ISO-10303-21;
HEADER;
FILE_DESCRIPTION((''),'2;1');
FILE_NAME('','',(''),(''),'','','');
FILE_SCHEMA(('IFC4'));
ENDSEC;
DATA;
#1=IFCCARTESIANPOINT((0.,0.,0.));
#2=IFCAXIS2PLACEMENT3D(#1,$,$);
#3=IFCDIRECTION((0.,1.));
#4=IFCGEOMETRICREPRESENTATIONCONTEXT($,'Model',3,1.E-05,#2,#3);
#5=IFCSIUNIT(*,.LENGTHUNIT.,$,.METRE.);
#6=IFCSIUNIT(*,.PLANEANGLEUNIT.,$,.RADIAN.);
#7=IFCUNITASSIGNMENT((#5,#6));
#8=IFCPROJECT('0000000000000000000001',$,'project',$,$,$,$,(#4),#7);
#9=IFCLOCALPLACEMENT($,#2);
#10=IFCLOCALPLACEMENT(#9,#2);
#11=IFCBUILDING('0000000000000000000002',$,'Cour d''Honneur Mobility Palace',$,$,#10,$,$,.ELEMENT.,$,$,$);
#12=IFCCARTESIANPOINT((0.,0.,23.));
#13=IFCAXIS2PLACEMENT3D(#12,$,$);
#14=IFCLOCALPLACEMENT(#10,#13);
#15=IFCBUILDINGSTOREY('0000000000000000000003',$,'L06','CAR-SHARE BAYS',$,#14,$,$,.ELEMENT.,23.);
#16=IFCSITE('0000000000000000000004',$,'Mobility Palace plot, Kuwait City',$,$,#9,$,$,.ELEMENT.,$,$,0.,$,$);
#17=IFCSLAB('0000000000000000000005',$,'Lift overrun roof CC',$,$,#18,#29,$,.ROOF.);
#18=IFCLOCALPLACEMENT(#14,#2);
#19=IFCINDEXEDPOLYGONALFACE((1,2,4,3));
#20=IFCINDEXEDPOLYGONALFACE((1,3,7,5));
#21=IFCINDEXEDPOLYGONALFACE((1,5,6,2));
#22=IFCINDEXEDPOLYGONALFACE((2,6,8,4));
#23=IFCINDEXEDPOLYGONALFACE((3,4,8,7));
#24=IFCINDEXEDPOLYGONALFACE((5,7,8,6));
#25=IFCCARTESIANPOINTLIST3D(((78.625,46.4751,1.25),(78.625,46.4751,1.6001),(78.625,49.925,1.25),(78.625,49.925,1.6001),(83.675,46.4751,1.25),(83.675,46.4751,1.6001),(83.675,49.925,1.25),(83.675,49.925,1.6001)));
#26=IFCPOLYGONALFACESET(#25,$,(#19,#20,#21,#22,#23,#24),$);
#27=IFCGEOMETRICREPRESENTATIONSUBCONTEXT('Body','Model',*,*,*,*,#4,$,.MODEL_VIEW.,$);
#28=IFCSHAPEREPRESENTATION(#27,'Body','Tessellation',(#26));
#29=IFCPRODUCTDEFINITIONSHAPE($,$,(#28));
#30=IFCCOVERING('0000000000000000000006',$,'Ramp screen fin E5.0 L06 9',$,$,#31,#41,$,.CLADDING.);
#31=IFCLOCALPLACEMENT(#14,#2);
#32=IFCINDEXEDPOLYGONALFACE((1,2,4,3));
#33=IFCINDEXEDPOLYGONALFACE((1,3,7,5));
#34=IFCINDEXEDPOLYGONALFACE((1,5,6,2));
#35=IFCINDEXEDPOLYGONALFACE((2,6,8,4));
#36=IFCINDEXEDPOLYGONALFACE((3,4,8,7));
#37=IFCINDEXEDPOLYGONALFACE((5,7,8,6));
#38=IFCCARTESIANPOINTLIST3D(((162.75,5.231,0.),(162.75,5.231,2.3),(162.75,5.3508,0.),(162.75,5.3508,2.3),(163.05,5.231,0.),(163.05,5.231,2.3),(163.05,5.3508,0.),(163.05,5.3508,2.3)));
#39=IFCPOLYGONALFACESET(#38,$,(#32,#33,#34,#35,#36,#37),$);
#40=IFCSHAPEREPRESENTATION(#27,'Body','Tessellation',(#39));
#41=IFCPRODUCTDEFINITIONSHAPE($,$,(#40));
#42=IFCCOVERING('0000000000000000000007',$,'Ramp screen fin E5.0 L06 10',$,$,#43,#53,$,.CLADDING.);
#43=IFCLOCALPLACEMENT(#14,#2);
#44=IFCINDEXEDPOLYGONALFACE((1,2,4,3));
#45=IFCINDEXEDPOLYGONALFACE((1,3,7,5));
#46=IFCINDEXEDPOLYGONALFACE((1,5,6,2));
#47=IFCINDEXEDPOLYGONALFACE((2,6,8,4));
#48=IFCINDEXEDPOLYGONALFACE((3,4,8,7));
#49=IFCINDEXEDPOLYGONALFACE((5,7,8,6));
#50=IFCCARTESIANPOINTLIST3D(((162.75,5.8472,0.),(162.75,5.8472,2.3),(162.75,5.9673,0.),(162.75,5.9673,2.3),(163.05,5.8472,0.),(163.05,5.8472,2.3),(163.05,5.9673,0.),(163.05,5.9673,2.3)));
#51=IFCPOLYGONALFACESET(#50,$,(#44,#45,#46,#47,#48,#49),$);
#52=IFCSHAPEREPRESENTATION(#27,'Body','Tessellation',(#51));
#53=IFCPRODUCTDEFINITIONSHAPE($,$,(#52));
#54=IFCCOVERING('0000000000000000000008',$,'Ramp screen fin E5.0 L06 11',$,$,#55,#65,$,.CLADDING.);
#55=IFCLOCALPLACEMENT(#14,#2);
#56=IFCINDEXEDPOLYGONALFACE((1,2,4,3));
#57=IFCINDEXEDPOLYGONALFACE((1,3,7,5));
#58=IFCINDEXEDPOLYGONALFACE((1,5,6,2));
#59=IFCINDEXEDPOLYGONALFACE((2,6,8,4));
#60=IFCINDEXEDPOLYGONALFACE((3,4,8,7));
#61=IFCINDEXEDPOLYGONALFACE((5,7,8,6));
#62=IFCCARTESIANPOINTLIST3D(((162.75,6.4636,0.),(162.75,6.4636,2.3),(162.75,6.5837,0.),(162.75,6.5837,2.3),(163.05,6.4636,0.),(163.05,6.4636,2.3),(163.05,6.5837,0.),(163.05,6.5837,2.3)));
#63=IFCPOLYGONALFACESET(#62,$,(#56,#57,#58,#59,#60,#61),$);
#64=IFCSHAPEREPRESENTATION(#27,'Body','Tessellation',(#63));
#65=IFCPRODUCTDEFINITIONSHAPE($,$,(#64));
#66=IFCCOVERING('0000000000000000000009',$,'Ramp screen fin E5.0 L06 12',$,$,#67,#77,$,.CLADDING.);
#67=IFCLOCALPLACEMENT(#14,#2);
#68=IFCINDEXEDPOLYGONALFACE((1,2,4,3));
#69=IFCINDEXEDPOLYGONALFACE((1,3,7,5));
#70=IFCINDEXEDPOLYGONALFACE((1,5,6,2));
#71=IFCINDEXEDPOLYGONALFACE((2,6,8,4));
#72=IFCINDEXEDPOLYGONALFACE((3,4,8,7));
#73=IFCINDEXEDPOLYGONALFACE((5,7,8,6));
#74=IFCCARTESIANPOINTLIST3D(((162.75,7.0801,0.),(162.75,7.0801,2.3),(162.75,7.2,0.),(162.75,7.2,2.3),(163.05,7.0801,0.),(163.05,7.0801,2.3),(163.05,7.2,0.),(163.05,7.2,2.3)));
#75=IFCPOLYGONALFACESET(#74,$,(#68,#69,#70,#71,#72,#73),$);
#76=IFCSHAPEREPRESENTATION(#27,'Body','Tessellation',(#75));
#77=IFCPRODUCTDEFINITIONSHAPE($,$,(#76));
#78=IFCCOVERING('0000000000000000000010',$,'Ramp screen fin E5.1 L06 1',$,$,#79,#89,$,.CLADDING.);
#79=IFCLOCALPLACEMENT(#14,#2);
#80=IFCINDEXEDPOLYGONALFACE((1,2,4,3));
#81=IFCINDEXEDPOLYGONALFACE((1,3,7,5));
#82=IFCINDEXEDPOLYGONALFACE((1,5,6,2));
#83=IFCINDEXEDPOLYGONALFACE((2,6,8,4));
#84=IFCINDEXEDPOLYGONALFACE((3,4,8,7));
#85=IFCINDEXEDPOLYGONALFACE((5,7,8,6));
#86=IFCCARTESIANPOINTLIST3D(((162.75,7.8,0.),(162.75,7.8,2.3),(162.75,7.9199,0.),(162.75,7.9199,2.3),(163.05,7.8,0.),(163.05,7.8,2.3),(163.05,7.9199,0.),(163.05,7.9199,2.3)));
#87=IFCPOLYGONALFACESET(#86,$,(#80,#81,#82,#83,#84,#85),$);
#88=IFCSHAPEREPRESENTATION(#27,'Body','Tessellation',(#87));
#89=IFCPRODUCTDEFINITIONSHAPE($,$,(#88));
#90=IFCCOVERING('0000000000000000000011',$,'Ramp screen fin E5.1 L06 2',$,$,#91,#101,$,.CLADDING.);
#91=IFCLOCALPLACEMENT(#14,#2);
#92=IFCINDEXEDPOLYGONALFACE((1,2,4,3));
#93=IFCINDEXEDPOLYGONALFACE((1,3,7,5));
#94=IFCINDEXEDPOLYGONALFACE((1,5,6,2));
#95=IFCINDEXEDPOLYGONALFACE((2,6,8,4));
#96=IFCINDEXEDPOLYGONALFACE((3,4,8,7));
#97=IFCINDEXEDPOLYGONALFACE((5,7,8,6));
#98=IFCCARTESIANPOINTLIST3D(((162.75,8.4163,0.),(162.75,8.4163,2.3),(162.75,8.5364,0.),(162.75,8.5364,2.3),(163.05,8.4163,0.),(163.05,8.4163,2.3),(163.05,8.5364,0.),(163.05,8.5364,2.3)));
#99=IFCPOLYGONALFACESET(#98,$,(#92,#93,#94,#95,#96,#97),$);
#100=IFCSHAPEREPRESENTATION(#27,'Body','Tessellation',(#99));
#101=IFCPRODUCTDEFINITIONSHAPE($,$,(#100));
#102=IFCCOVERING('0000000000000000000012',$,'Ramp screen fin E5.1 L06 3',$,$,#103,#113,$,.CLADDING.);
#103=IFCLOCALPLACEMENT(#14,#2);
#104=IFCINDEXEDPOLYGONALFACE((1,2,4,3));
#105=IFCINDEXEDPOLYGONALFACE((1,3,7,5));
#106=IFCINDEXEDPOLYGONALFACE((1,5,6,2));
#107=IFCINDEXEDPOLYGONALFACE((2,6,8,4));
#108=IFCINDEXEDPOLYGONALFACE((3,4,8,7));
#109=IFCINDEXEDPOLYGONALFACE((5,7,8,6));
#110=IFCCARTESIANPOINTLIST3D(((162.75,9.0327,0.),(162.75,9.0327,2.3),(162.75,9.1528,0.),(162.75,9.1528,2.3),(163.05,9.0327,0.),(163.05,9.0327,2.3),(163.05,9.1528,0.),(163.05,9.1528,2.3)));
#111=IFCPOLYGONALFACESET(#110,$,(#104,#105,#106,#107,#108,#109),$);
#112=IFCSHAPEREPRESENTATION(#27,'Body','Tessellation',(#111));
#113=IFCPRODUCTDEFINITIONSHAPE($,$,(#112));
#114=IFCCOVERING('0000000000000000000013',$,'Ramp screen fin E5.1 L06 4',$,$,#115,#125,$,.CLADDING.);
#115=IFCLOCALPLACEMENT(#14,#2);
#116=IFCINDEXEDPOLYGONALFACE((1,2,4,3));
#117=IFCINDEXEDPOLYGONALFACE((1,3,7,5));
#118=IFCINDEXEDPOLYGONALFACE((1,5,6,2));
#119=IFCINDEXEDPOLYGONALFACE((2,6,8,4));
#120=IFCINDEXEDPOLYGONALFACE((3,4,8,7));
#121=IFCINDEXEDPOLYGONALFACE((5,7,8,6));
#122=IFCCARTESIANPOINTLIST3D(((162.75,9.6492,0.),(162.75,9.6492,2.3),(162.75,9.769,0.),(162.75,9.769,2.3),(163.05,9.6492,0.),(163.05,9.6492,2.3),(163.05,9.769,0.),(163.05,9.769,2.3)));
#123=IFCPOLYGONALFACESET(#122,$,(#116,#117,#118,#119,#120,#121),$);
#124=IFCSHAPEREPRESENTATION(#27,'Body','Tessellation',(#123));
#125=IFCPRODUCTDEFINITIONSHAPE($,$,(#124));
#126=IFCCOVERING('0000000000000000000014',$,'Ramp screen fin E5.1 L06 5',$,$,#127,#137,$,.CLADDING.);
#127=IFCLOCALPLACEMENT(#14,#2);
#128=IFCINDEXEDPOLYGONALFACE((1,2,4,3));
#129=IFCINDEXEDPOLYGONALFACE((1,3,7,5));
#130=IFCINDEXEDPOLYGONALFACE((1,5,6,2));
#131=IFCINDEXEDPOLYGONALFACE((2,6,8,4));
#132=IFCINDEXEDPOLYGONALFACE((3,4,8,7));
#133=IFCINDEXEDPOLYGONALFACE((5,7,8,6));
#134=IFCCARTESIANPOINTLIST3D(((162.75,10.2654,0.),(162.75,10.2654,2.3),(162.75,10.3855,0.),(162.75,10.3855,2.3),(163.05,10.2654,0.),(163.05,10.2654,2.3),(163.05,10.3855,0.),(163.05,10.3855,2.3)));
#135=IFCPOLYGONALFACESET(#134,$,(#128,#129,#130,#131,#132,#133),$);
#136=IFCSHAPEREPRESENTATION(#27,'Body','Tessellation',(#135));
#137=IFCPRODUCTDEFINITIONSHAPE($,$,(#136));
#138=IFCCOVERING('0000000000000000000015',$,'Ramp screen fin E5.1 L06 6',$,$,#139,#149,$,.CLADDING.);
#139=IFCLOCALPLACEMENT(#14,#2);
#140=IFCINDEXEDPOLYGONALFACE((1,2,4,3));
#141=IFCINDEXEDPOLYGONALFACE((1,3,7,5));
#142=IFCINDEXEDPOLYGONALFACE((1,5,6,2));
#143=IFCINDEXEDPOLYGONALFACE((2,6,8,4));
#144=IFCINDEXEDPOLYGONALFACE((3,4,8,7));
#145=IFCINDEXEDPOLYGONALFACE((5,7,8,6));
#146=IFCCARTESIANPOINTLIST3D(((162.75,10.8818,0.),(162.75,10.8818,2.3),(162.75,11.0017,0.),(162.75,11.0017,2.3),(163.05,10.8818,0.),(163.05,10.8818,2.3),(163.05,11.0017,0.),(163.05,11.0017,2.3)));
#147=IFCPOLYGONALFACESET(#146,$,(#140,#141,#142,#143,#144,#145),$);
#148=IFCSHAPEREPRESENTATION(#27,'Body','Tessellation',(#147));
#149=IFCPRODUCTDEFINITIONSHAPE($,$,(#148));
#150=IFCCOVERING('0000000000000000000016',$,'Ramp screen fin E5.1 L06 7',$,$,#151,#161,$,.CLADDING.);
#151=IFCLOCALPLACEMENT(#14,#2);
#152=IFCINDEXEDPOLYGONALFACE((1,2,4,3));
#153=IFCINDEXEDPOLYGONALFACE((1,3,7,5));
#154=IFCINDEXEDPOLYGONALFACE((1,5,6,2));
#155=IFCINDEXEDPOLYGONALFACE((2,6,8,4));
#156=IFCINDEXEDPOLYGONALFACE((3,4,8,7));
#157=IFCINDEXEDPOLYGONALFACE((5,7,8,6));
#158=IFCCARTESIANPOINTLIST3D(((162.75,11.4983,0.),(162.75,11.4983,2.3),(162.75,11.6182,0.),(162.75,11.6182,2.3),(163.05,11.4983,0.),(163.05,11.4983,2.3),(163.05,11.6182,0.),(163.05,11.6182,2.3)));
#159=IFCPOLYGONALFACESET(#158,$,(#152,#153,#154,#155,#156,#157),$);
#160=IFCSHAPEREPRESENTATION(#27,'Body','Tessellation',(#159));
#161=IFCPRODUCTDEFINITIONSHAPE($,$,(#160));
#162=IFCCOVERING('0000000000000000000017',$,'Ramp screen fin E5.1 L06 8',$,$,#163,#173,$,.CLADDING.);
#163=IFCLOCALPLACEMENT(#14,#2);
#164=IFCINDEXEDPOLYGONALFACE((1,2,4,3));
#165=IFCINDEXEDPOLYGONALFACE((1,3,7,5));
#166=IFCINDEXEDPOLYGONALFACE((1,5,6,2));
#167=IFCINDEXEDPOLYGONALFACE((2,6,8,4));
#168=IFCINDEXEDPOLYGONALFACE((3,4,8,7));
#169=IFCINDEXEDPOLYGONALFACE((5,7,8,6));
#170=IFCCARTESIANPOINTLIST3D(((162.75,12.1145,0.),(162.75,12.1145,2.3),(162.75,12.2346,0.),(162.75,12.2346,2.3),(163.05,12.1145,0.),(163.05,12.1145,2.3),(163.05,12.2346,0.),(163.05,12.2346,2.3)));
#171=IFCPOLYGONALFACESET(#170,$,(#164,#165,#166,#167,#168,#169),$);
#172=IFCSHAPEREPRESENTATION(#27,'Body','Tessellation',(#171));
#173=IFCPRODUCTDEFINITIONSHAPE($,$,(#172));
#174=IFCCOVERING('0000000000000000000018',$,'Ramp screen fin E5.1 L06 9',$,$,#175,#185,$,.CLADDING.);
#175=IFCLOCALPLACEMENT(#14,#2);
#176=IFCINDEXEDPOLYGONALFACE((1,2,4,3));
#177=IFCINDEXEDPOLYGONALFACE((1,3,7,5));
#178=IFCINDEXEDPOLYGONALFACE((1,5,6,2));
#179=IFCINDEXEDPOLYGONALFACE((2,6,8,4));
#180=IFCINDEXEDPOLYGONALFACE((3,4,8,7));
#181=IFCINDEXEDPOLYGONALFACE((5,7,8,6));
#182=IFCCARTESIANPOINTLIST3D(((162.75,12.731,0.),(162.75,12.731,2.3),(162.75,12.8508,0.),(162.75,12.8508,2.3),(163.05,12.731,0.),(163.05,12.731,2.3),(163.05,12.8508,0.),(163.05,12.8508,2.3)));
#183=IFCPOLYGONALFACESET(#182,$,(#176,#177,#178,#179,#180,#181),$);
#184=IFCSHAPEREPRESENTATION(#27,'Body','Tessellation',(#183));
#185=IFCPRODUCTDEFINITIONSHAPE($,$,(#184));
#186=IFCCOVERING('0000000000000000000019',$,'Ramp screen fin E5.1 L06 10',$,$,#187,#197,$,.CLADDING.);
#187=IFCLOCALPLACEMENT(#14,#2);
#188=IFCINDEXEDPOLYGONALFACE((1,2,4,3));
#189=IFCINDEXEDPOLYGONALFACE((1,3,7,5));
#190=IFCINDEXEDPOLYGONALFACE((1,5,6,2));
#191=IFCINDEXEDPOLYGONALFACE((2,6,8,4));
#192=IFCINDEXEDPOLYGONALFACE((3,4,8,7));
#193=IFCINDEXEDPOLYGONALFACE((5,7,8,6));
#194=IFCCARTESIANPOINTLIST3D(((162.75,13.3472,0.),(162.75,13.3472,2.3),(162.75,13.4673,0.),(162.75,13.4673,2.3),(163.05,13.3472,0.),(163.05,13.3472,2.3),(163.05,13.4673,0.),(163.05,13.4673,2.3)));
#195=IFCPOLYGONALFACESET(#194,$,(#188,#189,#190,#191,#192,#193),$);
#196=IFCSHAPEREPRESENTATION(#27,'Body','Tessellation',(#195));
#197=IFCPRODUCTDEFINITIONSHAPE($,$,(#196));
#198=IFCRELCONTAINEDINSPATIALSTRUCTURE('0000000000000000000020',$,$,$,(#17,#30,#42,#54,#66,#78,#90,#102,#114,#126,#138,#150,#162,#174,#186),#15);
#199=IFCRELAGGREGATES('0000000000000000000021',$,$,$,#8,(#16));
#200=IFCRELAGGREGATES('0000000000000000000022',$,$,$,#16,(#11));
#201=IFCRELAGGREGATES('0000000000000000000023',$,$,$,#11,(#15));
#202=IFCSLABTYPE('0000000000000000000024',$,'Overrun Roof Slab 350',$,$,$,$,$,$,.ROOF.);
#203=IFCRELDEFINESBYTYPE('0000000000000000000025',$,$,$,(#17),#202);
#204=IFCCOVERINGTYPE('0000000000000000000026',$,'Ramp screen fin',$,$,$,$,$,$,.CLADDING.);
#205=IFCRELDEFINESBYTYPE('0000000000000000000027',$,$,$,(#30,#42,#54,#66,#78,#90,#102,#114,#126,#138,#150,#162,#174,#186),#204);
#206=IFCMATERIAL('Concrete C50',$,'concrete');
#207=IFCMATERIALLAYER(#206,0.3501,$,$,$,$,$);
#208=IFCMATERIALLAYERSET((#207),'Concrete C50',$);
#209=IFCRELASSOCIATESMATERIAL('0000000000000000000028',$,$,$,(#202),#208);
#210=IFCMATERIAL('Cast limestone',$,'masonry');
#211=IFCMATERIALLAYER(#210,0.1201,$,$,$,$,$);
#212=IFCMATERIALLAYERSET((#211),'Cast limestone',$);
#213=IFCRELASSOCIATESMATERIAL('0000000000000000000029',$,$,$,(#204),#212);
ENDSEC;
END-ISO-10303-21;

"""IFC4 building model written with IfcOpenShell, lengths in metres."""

from ifc_helpers import new_model, si_unit, direction, frame, origin, place, context, subcontext, project, spatial, polyline, outline, extrude, material, layer, layer_set, type_object, element, save


model = new_model("IFC4")

# Units and contexts
model_context = context("Model", 3, precision=1e-05, world=origin(), true_north=direction((0.0, 1.0)))
body_context = subcontext(model_context, "Body", "Model", "MODEL_VIEW")
ifc_project = project(units=[si_unit("LENGTHUNIT", "METRE"), si_unit("PLANEANGLEUNIT", "RADIAN")], contexts=[model_context])

# Site, building, storey
site_placement = place(None, origin())
site = spatial("IfcSite", under=ifc_project, at=site_placement, Name="Mobility Palace plot, Kuwait City", CompositionType="ELEMENT", RefElevation=0.0)
building_placement = place(site_placement, origin())
building = spatial("IfcBuilding", under=site, at=building_placement, Name="Cour d'Honneur Mobility Palace", CompositionType="ELEMENT")
storey_placement = place(building_placement, frame((0.0, 0.0, 23.0)))
storey = spatial("IfcBuildingStorey", under=building, at=storey_placement, Name="L06", Description="CAR-SHARE BAYS", CompositionType="ELEMENT", Elevation=23.0)

# Slab
ifc_material_1 = material(Name="Concrete C50", Category="concrete")
ifc_layer_1 = layer(ifc_material_1, 0.3501)
ifc_layer_set_1 = layer_set([ifc_layer_1], Name="Concrete C50")
slab_type = type_object("IfcSlabType", Name="Overrun Roof Slab 350", PredefinedType="ROOF", material=ifc_layer_set_1)
slab_placement = place(storey_placement, frame((0.0, 0.0, 1.25)))
element("IfcSlab", 1, at=slab_placement, inside=storey, type_object=slab_type, Name="Lift overrun roof CC", PredefinedType="ROOF", context=body_context, shape_type="SweptSolid", body=[
    extrude(outline(polyline([(78.625, 46.4751), (78.625, 49.925), (83.675, 49.925), (83.675, 46.4751), (78.625, 46.4751)])), origin(), (0.0, 0.0, 1.0), 0.3501),
])

# Coverings
ifc_material_2 = material(Name="Cast limestone", Category="masonry")
ifc_layer_2 = layer(ifc_material_2, 0.1201)
ifc_layer_set_2 = layer_set([ifc_layer_2], Name="Cast limestone")
covering_type = type_object("IfcCoveringType", Name="Ramp screen fin", PredefinedType="CLADDING", material=ifc_layer_set_2)
covering_1_placement = place(storey_placement, origin())
element("IfcCovering", 2, at=covering_1_placement, inside=storey, type_object=covering_type, Name="Ramp screen fin E5.0 L06 9", PredefinedType="CLADDING", context=body_context, shape_type="SweptSolid", body=[
    extrude(outline(polyline([(162.75, 5.231), (162.75, 5.3508), (163.05, 5.3508), (163.05, 5.231), (162.75, 5.231)])), origin(), (0.0, 0.0, 1.0), 2.3),
])
covering_2_placement = place(storey_placement, origin())
element("IfcCovering", 3, at=covering_2_placement, inside=storey, type_object=covering_type, Name="Ramp screen fin E5.0 L06 10", PredefinedType="CLADDING", context=body_context, shape_type="SweptSolid", body=[
    extrude(outline(polyline([(162.75, 5.8472), (162.75, 5.9673), (163.05, 5.9673), (163.05, 5.8472), (162.75, 5.8472)])), origin(), (0.0, 0.0, 1.0), 2.3),
])
covering_3_placement = place(storey_placement, origin())
element("IfcCovering", 4, at=covering_3_placement, inside=storey, type_object=covering_type, Name="Ramp screen fin E5.0 L06 11", PredefinedType="CLADDING", context=body_context, shape_type="SweptSolid", body=[
    extrude(outline(polyline([(162.75, 6.4636), (162.75, 6.5837), (163.05, 6.5837), (163.05, 6.4636), (162.75, 6.4636)])), origin(), (0.0, 0.0, 1.0), 2.3),
])
covering_4_placement = place(storey_placement, origin())
element("IfcCovering", 5, at=covering_4_placement, inside=storey, type_object=covering_type, Name="Ramp screen fin E5.0 L06 12", PredefinedType="CLADDING", context=body_context, shape_type="SweptSolid", body=[
    extrude(outline(polyline([(162.75, 7.0801), (162.75, 7.2), (163.05, 7.2), (163.05, 7.0801), (162.75, 7.0801)])), origin(), (0.0, 0.0, 1.0), 2.3),
])
covering_5_placement = place(storey_placement, origin())
element("IfcCovering", 6, at=covering_5_placement, inside=storey, type_object=covering_type, Name="Ramp screen fin E5.1 L06 1", PredefinedType="CLADDING", context=body_context, shape_type="SweptSolid", body=[
    extrude(outline(polyline([(162.75, 7.8), (162.75, 7.9199), (163.05, 7.9199), (163.05, 7.8), (162.75, 7.8)])), origin(), (0.0, 0.0, 1.0), 2.3),
])
covering_6_placement = place(storey_placement, origin())
element("IfcCovering", 7, at=covering_6_placement, inside=storey, type_object=covering_type, Name="Ramp screen fin E5.1 L06 2", PredefinedType="CLADDING", context=body_context, shape_type="SweptSolid", body=[
    extrude(outline(polyline([(162.75, 8.4163), (162.75, 8.5364), (163.05, 8.5364), (163.05, 8.4163), (162.75, 8.4163)])), origin(), (0.0, 0.0, 1.0), 2.3),
])
covering_7_placement = place(storey_placement, origin())
element("IfcCovering", 8, at=covering_7_placement, inside=storey, type_object=covering_type, Name="Ramp screen fin E5.1 L06 3", PredefinedType="CLADDING", context=body_context, shape_type="SweptSolid", body=[
    extrude(outline(polyline([(162.75, 9.0327), (162.75, 9.1528), (163.05, 9.1528), (163.05, 9.0327), (162.75, 9.0327)])), origin(), (0.0, 0.0, 1.0), 2.3),
])
covering_8_placement = place(storey_placement, origin())
element("IfcCovering", 9, at=covering_8_placement, inside=storey, type_object=covering_type, Name="Ramp screen fin E5.1 L06 4", PredefinedType="CLADDING", context=body_context, shape_type="SweptSolid", body=[
    extrude(outline(polyline([(162.75, 9.6492), (162.75, 9.769), (163.05, 9.769), (163.05, 9.6492), (162.75, 9.6492)])), origin(), (0.0, 0.0, 1.0), 2.3),
])
covering_9_placement = place(storey_placement, origin())
element("IfcCovering", 10, at=covering_9_placement, inside=storey, type_object=covering_type, Name="Ramp screen fin E5.1 L06 5", PredefinedType="CLADDING", context=body_context, shape_type="SweptSolid", body=[
    extrude(outline(polyline([(162.75, 10.2654), (162.75, 10.3855), (163.05, 10.3855), (163.05, 10.2654), (162.75, 10.2654)])), origin(), (0.0, 0.0, 1.0), 2.3),
])
covering_10_placement = place(storey_placement, origin())
element("IfcCovering", 11, at=covering_10_placement, inside=storey, type_object=covering_type, Name="Ramp screen fin E5.1 L06 6", PredefinedType="CLADDING", context=body_context, shape_type="SweptSolid", body=[
    extrude(outline(polyline([(162.75, 10.8818), (162.75, 11.0017), (163.05, 11.0017), (163.05, 10.8818), (162.75, 10.8818)])), origin(), (0.0, 0.0, 1.0), 2.3),
])
covering_11_placement = place(storey_placement, origin())
element("IfcCovering", 12, at=covering_11_placement, inside=storey, type_object=covering_type, Name="Ramp screen fin E5.1 L06 7", PredefinedType="CLADDING", context=body_context, shape_type="SweptSolid", body=[
    extrude(outline(polyline([(162.75, 11.4983), (162.75, 11.6182), (163.05, 11.6182), (163.05, 11.4983), (162.75, 11.4983)])), origin(), (0.0, 0.0, 1.0), 2.3),
])
covering_12_placement = place(storey_placement, origin())
element("IfcCovering", 13, at=covering_12_placement, inside=storey, type_object=covering_type, Name="Ramp screen fin E5.1 L06 8", PredefinedType="CLADDING", context=body_context, shape_type="SweptSolid", body=[
    extrude(outline(polyline([(162.75, 12.1145), (162.75, 12.2346), (163.05, 12.2346), (163.05, 12.1145), (162.75, 12.1145)])), origin(), (0.0, 0.0, 1.0), 2.3),
])
covering_13_placement = place(storey_placement, origin())
element("IfcCovering", 14, at=covering_13_placement, inside=storey, type_object=covering_type, Name="Ramp screen fin E5.1 L06 9", PredefinedType="CLADDING", context=body_context, shape_type="SweptSolid", body=[
    extrude(outline(polyline([(162.75, 12.731), (162.75, 12.8508), (163.05, 12.8508), (163.05, 12.731), (162.75, 12.731)])), origin(), (0.0, 0.0, 1.0), 2.3),
])
covering_14_placement = place(storey_placement, origin())
element("IfcCovering", 15, at=covering_14_placement, inside=storey, type_object=covering_type, Name="Ramp screen fin E5.1 L06 10", PredefinedType="CLADDING", context=body_context, shape_type="SweptSolid", body=[
    extrude(outline(polyline([(162.75, 13.3472), (162.75, 13.4673), (163.05, 13.4673), (163.05, 13.3472), (162.75, 13.3472)])), origin(), (0.0, 0.0, 1.0), 2.3),
])

save(model, "model.ifc")
